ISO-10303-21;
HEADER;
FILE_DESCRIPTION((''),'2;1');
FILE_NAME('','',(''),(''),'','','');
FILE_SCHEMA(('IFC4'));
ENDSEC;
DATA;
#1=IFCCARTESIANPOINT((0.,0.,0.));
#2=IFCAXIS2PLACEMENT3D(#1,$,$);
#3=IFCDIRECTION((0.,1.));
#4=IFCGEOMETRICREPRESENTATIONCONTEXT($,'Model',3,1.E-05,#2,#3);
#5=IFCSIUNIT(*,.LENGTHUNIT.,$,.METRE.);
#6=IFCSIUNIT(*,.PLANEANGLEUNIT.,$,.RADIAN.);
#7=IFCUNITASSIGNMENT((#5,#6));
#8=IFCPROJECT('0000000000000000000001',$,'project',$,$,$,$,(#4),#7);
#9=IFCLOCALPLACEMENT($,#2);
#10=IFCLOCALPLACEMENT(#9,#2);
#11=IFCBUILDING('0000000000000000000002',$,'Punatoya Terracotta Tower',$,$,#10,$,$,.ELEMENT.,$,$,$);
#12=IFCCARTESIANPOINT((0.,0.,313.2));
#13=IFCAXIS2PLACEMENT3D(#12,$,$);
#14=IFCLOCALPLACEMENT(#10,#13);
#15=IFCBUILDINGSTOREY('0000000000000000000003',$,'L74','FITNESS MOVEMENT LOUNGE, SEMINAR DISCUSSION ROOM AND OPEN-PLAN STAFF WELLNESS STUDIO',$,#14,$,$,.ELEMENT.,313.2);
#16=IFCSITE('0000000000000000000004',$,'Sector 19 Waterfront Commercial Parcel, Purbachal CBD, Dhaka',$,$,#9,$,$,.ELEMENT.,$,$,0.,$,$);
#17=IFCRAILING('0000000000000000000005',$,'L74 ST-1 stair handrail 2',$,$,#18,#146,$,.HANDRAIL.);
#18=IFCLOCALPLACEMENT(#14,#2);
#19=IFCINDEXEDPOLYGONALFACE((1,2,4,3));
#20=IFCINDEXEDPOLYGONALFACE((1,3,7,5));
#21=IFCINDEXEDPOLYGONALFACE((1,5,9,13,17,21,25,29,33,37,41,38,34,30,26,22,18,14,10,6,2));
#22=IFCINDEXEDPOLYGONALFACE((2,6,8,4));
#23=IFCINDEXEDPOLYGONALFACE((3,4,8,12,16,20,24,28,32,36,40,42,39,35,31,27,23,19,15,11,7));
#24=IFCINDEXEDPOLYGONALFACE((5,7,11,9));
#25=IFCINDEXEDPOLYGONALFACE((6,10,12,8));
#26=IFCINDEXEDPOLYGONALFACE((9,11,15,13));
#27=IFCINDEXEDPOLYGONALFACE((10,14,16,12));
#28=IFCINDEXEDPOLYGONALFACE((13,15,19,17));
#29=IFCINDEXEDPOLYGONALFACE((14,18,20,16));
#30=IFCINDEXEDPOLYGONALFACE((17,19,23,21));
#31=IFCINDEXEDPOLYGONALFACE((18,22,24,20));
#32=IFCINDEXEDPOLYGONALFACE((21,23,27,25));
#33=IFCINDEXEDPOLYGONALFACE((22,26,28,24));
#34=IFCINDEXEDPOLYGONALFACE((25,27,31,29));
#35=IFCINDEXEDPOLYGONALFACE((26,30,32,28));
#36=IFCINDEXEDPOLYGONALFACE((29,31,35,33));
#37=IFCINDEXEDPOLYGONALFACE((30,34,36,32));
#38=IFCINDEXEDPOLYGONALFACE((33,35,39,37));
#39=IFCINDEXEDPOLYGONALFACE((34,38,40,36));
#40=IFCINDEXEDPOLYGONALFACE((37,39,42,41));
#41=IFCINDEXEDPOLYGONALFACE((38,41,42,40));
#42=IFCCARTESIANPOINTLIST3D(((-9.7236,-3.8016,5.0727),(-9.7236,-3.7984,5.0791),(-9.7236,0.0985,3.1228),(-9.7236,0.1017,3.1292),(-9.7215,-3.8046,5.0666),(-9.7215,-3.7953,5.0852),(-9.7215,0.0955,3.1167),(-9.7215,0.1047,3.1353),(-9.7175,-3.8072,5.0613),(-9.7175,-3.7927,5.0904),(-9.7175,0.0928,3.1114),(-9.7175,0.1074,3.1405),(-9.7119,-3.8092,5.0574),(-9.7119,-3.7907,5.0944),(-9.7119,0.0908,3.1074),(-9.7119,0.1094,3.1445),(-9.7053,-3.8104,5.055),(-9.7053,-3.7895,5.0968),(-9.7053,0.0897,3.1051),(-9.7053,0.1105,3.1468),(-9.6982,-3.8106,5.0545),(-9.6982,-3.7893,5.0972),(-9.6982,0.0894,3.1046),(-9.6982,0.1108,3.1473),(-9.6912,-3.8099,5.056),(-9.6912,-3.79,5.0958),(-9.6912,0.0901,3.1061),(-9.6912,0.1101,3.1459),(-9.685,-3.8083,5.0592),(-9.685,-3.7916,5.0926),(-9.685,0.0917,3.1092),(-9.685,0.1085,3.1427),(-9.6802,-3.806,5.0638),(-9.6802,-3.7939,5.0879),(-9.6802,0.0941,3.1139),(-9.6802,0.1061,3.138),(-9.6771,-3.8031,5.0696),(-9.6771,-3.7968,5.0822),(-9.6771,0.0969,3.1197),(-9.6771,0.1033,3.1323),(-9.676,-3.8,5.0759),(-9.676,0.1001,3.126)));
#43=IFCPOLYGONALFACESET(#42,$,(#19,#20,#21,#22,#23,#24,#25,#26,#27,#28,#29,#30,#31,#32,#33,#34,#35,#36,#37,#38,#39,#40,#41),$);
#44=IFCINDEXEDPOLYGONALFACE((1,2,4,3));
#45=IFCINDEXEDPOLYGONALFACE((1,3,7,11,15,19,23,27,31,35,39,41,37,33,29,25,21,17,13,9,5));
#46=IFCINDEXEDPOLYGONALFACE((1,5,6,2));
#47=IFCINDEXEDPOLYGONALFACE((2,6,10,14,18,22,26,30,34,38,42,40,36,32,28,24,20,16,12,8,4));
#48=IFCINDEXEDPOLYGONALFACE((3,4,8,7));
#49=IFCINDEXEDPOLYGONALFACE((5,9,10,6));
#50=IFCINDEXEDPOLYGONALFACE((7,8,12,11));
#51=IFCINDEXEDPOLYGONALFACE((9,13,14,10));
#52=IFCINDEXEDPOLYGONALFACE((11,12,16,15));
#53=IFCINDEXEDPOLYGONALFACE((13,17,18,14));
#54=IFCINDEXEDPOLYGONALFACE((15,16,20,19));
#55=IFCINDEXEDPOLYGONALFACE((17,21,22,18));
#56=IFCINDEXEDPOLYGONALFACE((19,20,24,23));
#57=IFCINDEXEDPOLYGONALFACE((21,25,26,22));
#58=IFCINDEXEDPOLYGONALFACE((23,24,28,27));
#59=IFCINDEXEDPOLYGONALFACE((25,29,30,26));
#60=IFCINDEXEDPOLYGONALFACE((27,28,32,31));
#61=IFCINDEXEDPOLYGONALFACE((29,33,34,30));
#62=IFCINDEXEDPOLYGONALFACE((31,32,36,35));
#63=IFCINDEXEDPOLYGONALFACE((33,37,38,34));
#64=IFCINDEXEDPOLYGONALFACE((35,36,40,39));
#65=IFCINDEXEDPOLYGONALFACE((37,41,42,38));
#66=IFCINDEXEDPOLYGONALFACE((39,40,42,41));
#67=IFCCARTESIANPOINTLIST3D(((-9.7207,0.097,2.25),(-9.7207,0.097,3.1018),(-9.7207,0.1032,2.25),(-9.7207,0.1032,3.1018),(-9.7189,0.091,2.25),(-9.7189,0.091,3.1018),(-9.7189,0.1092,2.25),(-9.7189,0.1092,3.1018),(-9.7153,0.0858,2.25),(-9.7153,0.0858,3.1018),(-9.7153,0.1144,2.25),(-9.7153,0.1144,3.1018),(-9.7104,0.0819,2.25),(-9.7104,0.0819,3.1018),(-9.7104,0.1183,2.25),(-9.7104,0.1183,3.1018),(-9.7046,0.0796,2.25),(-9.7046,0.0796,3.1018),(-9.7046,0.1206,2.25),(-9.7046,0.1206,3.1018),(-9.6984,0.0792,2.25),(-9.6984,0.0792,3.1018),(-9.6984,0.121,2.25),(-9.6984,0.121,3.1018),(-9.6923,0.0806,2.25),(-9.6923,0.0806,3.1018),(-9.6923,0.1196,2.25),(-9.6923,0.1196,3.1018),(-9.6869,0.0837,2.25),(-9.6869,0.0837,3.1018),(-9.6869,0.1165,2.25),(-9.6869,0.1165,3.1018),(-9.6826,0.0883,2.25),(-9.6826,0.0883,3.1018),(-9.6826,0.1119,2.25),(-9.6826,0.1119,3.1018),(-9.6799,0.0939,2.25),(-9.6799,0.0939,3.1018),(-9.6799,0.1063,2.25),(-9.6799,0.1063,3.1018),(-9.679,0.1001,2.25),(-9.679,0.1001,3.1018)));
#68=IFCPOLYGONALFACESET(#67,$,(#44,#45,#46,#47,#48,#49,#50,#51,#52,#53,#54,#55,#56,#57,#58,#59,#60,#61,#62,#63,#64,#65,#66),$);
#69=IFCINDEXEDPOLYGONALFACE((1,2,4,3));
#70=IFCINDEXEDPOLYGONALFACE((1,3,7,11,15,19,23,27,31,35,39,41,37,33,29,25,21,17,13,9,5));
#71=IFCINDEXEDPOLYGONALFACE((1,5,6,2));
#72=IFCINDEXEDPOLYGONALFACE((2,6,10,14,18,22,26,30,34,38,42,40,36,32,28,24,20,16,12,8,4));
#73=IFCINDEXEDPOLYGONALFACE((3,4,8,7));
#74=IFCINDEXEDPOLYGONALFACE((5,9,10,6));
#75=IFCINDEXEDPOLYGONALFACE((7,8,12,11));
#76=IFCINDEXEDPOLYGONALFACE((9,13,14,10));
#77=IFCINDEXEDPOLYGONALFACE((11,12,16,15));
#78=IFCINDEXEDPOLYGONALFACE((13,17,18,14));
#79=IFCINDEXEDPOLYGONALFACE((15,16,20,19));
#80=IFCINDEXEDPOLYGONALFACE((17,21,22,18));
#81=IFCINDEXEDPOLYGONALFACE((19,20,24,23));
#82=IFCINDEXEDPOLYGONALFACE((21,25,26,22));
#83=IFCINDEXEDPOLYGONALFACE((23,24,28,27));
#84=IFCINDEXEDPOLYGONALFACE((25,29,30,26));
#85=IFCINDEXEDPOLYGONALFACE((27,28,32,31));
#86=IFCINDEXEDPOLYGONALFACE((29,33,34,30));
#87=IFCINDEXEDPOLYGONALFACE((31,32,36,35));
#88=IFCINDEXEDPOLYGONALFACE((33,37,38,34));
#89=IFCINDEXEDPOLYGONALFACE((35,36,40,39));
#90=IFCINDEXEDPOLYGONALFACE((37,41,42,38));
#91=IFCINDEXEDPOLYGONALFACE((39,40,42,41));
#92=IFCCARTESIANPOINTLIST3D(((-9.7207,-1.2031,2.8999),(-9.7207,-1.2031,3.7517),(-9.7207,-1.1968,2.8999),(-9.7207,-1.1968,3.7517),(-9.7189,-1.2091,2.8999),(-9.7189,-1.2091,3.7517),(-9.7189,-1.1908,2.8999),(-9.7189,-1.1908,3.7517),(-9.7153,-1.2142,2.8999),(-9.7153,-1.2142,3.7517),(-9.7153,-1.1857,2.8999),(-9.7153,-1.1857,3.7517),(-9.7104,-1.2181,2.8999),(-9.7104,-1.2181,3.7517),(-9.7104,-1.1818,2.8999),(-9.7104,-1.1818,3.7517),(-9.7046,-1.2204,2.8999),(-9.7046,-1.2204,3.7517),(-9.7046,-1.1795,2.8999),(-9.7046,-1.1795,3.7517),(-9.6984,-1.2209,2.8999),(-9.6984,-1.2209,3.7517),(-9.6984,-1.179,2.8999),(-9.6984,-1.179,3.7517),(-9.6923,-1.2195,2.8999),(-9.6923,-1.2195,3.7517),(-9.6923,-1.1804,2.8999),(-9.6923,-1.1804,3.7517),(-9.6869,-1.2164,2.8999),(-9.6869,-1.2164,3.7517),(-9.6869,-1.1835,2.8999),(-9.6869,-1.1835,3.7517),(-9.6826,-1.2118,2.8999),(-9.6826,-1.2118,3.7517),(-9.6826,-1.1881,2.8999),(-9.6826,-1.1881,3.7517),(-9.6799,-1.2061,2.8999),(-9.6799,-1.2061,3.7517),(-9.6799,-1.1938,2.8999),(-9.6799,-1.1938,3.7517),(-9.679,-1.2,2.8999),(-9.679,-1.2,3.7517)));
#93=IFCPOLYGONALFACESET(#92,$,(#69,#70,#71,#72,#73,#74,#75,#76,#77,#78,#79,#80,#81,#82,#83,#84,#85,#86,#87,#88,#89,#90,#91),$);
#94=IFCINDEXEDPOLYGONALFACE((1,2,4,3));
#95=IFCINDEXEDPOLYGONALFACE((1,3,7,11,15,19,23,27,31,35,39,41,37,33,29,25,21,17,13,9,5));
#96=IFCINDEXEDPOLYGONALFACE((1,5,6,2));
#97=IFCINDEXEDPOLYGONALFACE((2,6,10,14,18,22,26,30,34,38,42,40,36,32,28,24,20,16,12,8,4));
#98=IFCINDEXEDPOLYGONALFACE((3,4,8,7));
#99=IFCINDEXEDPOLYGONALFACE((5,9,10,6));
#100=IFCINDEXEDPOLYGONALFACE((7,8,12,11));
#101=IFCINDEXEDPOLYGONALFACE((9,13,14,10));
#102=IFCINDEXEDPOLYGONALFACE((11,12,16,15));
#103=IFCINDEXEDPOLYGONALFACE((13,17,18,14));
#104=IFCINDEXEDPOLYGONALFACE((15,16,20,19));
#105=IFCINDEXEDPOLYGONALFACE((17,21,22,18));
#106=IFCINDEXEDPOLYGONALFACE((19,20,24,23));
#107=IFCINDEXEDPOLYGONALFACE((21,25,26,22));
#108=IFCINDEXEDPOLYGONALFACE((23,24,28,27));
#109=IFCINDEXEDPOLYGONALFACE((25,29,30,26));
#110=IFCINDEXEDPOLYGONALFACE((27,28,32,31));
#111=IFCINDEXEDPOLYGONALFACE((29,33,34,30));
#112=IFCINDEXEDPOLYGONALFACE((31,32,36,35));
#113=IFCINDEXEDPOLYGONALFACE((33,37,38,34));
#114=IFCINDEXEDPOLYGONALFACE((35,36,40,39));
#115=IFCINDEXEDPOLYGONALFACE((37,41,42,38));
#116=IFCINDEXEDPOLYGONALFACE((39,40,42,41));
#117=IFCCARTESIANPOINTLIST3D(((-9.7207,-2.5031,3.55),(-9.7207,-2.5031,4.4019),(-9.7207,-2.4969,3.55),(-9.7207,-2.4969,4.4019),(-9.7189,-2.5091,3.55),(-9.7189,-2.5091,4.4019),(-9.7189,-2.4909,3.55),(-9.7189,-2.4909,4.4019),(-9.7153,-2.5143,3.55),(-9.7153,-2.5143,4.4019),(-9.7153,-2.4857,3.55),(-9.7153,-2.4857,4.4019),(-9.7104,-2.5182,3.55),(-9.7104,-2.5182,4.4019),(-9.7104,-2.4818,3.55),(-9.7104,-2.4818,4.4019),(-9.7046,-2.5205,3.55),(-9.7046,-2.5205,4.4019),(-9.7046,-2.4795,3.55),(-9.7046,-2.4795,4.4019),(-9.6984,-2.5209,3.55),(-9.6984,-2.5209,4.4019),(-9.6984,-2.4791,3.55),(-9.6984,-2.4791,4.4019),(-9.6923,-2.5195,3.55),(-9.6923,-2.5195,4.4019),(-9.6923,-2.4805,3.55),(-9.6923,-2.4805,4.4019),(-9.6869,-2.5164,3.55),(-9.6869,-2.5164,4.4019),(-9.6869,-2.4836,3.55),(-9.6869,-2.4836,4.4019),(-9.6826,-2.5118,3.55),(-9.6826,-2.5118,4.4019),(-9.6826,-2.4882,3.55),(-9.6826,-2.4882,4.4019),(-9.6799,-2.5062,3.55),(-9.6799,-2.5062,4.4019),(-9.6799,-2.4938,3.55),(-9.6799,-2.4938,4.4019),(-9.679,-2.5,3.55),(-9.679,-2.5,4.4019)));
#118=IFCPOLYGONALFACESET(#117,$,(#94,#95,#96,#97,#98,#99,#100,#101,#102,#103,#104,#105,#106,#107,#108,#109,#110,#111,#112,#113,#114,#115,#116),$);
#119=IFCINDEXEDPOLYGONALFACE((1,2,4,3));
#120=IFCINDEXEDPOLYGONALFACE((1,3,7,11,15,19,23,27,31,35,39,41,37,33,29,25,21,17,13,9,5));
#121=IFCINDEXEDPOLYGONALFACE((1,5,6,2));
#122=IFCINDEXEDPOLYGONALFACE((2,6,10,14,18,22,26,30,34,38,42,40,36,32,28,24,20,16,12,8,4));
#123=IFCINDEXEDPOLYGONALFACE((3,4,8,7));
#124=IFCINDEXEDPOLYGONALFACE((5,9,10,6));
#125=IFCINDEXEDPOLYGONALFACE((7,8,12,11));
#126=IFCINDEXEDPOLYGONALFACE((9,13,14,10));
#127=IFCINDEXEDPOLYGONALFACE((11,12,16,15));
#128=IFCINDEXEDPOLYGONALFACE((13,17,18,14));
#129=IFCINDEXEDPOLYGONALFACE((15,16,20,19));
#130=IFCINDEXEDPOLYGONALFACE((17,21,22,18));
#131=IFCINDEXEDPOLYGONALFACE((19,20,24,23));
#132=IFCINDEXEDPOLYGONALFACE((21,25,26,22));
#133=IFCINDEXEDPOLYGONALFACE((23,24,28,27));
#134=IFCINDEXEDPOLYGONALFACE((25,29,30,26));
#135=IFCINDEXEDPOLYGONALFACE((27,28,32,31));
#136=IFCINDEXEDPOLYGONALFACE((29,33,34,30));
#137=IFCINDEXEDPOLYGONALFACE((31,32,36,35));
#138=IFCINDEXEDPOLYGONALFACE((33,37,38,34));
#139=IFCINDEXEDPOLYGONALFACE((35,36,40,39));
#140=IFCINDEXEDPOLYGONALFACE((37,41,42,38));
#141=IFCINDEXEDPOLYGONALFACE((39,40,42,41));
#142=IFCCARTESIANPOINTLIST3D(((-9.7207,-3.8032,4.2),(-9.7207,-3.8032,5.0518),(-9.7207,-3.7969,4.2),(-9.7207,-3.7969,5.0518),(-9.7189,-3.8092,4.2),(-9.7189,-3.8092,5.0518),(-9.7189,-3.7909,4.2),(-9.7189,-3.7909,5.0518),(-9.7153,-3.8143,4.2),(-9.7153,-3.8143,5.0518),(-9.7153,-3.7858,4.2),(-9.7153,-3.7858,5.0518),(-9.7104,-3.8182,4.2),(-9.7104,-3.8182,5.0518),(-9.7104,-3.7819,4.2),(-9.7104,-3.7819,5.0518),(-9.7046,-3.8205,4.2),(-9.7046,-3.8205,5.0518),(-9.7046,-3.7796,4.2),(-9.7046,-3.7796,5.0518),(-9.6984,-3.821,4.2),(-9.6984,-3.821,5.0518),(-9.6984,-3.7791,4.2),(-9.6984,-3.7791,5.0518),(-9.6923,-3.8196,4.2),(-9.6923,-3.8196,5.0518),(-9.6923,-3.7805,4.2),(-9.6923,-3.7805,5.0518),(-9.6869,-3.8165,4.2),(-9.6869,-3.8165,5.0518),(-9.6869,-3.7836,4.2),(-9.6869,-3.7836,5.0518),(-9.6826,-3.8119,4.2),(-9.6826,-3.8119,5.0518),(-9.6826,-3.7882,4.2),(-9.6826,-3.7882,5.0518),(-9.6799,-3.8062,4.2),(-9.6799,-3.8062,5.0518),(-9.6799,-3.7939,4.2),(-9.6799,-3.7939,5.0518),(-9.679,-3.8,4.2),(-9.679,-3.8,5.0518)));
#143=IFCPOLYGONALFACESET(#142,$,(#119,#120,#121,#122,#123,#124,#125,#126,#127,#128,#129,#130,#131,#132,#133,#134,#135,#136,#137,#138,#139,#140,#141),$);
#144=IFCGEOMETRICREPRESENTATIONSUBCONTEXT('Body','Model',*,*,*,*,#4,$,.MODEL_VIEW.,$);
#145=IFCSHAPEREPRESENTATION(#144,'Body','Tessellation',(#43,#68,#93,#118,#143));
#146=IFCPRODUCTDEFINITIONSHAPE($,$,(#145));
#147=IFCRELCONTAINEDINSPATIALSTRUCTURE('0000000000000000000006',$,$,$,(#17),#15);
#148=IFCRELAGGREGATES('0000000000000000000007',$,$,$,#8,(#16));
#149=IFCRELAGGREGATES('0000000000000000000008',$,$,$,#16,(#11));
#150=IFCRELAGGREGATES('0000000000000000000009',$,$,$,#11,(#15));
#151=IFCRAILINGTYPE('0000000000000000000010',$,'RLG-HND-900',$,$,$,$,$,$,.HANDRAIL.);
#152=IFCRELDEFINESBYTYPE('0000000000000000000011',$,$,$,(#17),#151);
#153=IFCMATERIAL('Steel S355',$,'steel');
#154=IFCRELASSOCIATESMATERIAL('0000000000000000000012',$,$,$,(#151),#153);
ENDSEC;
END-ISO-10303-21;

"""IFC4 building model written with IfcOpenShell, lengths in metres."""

from ifc_helpers import new_model, si_unit, direction, frame, origin, origin_2d, place, context, subcontext, project, spatial, circle, extrude, material, type_object, element, save


model = new_model("IFC4")

# Units and contexts
model_context = context("Model", 3, precision=1e-05, world=origin(), true_north=direction((0.0, 1.0)))
body_context = subcontext(model_context, "Body", "Model", "MODEL_VIEW")
ifc_project = project(units=[si_unit("LENGTHUNIT", "METRE"), si_unit("PLANEANGLEUNIT", "RADIAN")], contexts=[model_context])

# Site, building, storey
site_placement = place(None, origin())
site = spatial("IfcSite", under=ifc_project, at=site_placement, Name="Sector 19 Waterfront Commercial Parcel, Purbachal CBD, Dhaka", CompositionType="ELEMENT", RefElevation=0.0)
building_placement = place(site_placement, origin())
building = spatial("IfcBuilding", under=site, at=building_placement, Name="Punatoya Terracotta Tower", CompositionType="ELEMENT")
storey_placement = place(building_placement, frame((0.0, 0.0, 313.2)))
storey = spatial("IfcBuildingStorey", under=building, at=storey_placement, Name="L74", Description="FITNESS MOVEMENT LOUNGE, SEMINAR DISCUSSION ROOM AND OPEN-PLAN STAFF WELLNESS STUDIO", CompositionType="ELEMENT", Elevation=313.2)

# Shared definitions
ifc_material_1 = material(Name="Steel S355", Category="steel")

# Railing
railing_type_1 = type_object("IfcRailingType", Name="RLG-HND-900", PredefinedType="HANDRAIL", material=ifc_material_1)
railing_1_placement = place(storey_placement, frame((-9.7, 0.1001, 2.25)))
element("IfcRailing", 1, at=railing_1_placement, inside=storey, type_object=railing_type_1, Name="L74 ST-1 stair handrail 2", PredefinedType="HANDRAIL", context=body_context, shape_type="SweptSolid", body=[
    extrude(circle(Radius=0.0239, at=origin_2d()), frame((0.0, 0.0, 0.876), z_axis=(0.0, -0.894438, 0.447191), x_axis=(1.0, 0.0, 0.0)), (0.0, 0.0, 1.0), 4.3604),
    extrude(circle(Radius=0.021, at=origin_2d()), origin(), (0.0, 0.0, 1.0), 0.8518),
    extrude(circle(Radius=0.021, at=origin_2d()), frame((0.0, -1.3, 0.6499)), (0.0, 0.0, 1.0), 0.8518),
    extrude(circle(Radius=0.021, at=origin_2d()), frame((0.0, -2.6001, 1.3)), (0.0, 0.0, 1.0), 0.8518),
    extrude(circle(Radius=0.021, at=origin_2d()), frame((0.0, -3.9001, 1.95)), (0.0, 0.0, 1.0), 0.8518),
])

save(model, "model.ifc")
